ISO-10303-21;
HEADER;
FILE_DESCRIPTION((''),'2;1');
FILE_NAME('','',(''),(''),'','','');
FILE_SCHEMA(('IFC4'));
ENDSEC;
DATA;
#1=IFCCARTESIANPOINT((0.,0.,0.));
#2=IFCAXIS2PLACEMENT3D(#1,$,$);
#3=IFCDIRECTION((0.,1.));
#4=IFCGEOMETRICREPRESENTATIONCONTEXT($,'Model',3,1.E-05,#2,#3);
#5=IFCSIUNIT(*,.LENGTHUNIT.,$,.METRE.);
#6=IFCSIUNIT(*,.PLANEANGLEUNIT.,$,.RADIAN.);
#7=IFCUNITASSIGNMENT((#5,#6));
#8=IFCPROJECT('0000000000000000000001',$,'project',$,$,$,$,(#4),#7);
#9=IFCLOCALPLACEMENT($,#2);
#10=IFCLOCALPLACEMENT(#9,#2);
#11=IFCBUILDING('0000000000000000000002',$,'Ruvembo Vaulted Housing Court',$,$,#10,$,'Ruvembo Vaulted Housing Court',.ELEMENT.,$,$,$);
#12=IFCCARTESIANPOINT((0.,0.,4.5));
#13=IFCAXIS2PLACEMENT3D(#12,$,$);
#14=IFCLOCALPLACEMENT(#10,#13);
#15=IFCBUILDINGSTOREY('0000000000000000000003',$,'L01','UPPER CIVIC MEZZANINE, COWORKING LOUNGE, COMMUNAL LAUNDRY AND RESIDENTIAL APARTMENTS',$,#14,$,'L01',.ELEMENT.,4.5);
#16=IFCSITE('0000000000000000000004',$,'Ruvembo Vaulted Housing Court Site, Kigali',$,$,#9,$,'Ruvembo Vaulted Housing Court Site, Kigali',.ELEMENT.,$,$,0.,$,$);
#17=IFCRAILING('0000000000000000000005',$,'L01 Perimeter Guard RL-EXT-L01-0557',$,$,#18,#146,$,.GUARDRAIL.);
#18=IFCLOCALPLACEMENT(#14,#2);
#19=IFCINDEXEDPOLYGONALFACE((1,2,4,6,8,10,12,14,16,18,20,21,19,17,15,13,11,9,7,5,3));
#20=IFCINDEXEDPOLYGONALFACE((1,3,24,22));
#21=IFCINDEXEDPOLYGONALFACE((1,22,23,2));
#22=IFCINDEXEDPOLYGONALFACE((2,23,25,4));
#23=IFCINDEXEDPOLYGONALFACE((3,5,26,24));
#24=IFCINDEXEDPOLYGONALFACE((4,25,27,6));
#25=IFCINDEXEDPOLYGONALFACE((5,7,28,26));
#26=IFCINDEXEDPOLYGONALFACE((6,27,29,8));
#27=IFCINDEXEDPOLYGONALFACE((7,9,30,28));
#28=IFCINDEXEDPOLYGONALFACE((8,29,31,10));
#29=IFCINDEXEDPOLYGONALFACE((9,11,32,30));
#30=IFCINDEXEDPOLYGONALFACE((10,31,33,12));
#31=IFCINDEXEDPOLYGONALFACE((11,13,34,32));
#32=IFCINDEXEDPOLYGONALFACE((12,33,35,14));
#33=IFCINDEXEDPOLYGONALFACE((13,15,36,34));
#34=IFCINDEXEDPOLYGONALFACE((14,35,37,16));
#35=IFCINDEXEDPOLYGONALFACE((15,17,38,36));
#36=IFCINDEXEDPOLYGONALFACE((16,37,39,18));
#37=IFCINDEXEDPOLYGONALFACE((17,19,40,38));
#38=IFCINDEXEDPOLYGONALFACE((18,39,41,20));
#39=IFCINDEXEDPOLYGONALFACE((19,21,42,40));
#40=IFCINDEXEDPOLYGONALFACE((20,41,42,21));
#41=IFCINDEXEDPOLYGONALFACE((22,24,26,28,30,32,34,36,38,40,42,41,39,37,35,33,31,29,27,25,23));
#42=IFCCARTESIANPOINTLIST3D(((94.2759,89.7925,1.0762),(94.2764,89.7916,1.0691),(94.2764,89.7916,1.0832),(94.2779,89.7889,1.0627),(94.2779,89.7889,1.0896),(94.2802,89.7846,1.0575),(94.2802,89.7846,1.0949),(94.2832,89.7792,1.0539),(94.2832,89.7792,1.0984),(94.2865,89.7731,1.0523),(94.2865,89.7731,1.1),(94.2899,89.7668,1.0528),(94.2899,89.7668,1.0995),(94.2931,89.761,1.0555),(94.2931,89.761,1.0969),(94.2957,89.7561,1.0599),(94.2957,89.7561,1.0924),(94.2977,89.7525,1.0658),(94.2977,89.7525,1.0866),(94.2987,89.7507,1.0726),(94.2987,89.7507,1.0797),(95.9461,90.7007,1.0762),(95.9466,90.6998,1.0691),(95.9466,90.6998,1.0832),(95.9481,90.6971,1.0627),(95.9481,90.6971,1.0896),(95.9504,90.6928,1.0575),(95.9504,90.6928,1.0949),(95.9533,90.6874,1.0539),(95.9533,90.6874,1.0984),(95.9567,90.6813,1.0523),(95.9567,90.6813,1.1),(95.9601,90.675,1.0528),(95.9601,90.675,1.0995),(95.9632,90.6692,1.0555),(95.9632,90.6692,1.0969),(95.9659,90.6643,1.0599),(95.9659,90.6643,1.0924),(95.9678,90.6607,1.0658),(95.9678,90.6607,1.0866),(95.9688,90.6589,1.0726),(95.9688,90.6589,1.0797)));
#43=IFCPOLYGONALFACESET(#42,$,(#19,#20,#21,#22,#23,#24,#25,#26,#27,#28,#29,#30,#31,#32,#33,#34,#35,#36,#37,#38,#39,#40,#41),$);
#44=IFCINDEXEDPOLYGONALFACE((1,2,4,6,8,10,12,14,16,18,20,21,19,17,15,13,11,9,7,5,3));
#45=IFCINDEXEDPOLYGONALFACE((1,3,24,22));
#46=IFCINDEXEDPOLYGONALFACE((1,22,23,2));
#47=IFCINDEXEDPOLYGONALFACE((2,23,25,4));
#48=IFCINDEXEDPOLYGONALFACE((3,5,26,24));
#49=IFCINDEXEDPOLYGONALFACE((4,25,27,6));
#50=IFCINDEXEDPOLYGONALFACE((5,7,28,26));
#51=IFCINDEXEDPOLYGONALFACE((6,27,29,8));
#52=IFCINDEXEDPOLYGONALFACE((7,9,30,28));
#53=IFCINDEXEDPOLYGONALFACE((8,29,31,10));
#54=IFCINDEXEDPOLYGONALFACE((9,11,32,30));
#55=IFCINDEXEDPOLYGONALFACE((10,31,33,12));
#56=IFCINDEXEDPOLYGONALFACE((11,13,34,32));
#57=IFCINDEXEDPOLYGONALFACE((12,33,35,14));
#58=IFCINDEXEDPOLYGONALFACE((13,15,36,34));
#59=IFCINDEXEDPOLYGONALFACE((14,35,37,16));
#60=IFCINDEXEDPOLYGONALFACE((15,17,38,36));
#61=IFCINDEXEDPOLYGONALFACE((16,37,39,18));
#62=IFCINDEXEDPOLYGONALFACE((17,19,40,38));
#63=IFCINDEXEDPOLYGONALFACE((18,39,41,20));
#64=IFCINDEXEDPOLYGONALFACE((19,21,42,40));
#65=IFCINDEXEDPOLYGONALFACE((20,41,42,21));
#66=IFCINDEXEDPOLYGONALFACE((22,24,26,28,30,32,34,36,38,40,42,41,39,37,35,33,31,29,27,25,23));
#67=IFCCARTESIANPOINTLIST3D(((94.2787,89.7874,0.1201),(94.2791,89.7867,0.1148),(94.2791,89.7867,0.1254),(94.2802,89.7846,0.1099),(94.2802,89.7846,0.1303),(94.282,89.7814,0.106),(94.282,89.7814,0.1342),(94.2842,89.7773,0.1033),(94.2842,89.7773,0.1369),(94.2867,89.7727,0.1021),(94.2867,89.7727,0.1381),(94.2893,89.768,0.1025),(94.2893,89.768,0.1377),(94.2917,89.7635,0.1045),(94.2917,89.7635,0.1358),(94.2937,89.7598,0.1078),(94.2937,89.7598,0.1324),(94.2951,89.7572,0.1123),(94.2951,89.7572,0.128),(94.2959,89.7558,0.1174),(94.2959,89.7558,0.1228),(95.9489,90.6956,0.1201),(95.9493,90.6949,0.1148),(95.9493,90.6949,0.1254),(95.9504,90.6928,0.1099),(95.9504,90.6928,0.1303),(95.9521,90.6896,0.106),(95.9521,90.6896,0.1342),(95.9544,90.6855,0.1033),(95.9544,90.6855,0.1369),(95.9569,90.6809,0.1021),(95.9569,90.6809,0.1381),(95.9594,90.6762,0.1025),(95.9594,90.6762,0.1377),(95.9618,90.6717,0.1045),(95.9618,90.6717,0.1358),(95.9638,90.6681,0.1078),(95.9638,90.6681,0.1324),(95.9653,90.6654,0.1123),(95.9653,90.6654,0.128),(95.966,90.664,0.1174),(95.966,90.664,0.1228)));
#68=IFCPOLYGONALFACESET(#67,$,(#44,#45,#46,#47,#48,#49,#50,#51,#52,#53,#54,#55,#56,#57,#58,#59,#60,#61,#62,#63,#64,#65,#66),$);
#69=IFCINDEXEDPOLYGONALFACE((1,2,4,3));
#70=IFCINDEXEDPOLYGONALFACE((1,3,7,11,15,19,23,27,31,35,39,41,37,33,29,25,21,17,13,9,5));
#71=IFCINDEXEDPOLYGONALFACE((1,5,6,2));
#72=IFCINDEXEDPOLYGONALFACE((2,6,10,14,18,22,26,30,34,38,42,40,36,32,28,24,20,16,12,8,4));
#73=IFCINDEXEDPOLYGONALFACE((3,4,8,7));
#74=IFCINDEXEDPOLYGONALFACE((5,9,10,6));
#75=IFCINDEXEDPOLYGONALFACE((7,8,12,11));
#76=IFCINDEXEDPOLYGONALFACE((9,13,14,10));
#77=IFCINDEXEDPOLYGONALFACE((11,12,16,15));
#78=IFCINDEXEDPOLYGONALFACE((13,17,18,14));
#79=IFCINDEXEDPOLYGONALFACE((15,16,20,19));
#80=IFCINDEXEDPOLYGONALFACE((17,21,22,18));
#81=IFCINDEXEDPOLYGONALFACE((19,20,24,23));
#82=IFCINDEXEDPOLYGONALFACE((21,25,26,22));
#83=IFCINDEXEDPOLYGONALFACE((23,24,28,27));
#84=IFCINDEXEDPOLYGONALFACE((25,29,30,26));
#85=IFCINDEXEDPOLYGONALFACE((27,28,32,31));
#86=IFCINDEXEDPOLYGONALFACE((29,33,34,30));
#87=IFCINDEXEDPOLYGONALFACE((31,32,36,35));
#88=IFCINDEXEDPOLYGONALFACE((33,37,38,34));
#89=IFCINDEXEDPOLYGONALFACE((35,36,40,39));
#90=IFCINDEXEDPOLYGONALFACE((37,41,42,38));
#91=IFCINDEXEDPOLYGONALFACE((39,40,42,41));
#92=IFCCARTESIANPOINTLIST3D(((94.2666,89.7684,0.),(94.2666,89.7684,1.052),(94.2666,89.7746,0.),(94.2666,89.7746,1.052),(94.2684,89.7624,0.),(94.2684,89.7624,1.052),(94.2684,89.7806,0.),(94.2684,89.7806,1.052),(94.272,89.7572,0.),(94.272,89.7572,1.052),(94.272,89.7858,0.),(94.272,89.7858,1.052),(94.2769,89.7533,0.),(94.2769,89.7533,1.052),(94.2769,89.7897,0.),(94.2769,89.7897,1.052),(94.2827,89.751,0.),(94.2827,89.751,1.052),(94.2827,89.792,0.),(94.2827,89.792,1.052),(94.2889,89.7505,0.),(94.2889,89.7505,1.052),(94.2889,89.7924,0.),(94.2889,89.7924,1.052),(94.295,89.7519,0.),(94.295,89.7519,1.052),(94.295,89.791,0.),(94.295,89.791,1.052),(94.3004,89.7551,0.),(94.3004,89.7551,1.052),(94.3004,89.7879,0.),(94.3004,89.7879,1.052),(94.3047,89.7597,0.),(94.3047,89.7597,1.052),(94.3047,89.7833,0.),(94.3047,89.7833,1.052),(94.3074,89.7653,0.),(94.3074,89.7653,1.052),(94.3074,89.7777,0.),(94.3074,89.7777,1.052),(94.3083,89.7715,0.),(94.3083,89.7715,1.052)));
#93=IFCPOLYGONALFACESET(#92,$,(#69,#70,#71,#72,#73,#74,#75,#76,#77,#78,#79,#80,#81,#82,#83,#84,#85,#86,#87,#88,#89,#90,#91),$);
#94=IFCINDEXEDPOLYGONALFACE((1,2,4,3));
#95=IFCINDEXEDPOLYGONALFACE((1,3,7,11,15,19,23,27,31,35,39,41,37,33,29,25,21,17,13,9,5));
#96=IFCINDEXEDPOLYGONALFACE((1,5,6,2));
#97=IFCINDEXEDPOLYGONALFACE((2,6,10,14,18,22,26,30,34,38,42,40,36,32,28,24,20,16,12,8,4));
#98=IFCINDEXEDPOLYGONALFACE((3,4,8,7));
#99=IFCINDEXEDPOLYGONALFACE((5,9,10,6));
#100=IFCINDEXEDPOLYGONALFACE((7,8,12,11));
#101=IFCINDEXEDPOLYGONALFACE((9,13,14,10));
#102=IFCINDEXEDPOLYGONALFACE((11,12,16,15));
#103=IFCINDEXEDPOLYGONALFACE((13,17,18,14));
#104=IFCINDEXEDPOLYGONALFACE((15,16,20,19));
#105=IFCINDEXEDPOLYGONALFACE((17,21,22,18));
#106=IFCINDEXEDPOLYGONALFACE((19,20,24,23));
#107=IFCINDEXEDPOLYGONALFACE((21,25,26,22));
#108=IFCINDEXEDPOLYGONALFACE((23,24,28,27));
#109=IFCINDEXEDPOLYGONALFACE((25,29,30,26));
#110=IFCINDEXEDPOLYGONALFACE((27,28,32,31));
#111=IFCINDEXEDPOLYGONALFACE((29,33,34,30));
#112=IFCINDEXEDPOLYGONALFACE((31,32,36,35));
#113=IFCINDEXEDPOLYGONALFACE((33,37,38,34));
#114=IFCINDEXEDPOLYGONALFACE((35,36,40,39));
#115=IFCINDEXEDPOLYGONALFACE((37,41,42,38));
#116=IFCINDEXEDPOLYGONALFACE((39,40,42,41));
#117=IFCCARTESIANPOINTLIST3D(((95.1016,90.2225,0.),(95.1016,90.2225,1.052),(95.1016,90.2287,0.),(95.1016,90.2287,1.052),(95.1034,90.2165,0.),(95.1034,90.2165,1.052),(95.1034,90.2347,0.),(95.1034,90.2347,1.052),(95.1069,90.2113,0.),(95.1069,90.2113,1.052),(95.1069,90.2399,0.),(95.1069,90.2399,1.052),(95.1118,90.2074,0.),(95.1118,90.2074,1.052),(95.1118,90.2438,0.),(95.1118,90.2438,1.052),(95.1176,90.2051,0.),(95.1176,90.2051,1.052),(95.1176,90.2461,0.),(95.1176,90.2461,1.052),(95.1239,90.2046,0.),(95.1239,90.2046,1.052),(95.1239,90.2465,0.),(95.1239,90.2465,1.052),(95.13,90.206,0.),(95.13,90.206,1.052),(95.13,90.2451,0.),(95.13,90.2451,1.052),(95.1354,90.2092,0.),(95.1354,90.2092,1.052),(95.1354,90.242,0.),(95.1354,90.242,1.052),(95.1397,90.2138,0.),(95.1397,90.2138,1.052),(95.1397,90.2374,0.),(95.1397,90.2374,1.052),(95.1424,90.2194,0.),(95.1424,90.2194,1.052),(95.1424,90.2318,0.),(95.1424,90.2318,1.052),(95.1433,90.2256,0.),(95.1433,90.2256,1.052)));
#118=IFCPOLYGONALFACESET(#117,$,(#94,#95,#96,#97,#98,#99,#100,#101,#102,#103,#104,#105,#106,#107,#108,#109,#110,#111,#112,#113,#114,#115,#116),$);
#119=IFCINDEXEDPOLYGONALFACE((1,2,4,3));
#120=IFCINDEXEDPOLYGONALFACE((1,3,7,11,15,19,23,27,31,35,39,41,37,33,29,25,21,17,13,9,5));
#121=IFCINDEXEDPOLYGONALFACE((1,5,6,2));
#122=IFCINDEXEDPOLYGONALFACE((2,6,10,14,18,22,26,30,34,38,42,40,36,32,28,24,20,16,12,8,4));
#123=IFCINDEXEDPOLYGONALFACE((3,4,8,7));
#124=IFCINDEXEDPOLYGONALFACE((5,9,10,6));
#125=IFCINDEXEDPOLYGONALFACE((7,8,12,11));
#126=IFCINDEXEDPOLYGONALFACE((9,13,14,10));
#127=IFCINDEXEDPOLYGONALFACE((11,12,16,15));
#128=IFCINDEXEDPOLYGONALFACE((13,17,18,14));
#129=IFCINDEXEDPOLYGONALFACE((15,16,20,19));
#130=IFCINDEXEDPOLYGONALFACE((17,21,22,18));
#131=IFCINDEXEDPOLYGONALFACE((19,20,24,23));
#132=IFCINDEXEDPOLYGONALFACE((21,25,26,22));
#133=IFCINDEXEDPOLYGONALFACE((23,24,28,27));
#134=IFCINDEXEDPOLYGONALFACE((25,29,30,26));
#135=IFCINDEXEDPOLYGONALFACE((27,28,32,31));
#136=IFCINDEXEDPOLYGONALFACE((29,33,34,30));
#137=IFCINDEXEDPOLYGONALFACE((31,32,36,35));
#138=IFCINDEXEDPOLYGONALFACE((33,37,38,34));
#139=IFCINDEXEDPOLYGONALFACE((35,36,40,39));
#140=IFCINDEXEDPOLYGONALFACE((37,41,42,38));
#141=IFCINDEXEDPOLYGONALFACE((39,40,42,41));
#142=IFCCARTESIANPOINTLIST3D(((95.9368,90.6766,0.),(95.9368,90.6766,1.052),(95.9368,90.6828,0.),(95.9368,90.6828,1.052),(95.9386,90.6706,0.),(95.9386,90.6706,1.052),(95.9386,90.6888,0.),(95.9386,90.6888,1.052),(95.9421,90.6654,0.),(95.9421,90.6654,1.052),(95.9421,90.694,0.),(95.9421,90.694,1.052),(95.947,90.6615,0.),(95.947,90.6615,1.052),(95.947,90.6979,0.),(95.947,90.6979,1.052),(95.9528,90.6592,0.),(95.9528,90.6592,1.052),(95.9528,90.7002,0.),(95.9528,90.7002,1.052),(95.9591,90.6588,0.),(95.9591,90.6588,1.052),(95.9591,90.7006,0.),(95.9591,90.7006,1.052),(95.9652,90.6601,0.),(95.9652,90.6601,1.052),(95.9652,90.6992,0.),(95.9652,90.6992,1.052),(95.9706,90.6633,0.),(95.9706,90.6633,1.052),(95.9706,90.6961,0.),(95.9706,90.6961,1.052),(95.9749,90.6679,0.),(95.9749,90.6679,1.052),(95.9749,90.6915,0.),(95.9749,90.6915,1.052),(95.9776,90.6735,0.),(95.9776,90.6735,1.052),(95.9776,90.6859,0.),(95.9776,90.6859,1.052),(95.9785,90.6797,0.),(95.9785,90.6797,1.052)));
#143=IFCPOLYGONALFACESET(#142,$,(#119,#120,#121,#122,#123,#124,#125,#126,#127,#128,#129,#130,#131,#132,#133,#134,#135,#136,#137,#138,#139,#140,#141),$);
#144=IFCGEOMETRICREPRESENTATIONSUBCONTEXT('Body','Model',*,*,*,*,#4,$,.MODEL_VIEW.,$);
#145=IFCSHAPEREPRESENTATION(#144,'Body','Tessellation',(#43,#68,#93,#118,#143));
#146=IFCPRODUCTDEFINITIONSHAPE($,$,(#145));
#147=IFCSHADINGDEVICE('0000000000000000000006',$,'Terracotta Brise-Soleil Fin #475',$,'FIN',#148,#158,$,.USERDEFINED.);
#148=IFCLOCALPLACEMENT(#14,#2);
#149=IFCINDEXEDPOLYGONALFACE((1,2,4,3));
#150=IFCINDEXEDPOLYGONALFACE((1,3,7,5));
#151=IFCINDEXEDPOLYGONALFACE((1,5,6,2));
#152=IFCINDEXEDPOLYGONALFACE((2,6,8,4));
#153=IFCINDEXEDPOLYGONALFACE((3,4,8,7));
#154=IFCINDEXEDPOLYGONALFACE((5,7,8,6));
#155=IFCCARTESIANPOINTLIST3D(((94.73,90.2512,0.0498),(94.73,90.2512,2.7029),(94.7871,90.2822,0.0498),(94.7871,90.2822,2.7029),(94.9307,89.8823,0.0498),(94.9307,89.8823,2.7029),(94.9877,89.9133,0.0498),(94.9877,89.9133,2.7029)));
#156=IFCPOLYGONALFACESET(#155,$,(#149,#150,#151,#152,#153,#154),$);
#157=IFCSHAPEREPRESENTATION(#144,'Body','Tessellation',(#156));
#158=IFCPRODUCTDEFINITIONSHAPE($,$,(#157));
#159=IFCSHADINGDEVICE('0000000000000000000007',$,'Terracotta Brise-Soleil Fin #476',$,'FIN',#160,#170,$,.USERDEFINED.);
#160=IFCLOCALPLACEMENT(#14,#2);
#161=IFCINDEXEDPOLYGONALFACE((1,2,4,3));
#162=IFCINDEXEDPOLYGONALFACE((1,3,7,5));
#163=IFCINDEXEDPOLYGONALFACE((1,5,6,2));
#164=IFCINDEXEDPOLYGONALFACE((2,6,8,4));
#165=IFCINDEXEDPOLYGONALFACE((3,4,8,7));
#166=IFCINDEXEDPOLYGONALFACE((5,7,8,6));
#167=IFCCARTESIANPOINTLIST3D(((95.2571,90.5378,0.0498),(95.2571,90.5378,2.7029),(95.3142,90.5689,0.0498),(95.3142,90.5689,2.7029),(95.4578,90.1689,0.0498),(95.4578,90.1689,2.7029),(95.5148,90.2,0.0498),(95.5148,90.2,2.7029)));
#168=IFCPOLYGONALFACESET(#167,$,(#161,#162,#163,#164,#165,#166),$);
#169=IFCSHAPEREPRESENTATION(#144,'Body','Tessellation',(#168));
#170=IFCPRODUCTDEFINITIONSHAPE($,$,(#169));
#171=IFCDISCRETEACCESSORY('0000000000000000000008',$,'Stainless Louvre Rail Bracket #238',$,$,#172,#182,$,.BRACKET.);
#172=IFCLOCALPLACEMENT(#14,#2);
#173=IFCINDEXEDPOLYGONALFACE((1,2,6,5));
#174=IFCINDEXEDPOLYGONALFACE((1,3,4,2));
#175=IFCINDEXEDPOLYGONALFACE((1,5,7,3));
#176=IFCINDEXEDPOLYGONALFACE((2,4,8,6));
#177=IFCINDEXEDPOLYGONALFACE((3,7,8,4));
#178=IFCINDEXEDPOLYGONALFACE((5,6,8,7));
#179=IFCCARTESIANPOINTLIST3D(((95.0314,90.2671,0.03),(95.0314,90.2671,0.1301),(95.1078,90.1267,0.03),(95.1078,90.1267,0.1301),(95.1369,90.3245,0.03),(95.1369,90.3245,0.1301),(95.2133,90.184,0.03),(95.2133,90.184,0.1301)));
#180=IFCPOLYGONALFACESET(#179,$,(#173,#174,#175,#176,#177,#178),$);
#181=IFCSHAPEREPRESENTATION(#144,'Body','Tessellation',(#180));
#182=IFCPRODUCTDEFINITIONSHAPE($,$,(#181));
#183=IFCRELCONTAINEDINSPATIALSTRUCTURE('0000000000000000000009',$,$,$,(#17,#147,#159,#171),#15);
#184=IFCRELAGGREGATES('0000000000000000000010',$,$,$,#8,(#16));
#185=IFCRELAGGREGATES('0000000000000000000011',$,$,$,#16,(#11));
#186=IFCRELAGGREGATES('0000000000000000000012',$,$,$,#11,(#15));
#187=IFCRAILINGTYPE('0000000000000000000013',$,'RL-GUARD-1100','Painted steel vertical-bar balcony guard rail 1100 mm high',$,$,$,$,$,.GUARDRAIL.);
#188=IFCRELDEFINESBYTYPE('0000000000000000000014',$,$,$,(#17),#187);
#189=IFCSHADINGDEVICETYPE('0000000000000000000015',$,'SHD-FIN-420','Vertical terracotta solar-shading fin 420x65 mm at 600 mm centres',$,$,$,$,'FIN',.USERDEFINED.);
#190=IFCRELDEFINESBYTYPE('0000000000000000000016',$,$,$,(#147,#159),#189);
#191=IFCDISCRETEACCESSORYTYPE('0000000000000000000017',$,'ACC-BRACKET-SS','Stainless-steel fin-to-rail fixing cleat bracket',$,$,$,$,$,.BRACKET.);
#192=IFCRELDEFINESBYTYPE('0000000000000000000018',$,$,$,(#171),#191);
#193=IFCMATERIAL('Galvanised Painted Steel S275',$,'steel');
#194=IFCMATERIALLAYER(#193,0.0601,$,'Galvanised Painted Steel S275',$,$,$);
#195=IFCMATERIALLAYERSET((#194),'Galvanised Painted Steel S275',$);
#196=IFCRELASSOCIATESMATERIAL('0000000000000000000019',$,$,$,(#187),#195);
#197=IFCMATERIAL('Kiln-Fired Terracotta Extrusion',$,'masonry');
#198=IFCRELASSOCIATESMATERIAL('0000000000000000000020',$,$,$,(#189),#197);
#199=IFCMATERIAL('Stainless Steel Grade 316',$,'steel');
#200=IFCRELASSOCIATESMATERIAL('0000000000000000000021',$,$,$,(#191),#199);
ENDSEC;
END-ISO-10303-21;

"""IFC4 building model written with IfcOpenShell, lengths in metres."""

from ifc_helpers import new_model, si_unit, direction, frame, origin, origin_2d, place, context, subcontext, project, spatial, rectangle, circle, extrude, material, layer, layer_set, type_object, element, save


model = new_model("IFC4")

# Units and contexts
model_context = context("Model", 3, precision=1e-05, world=origin(), true_north=direction((0.0, 1.0)))
body_context = subcontext(model_context, "Body", "Model", "MODEL_VIEW")
ifc_project = project(units=[si_unit("LENGTHUNIT", "METRE"), si_unit("PLANEANGLEUNIT", "RADIAN")], contexts=[model_context])

# Site, building, storey
site_placement = place(None, origin())
site = spatial("IfcSite", under=ifc_project, at=site_placement, Name="Ruvembo Vaulted Housing Court Site, Kigali", LongName="Ruvembo Vaulted Housing Court Site, Kigali", CompositionType="ELEMENT", RefElevation=0.0)
building_placement = place(site_placement, origin())
building = spatial("IfcBuilding", under=site, at=building_placement, Name="Ruvembo Vaulted Housing Court", LongName="Ruvembo Vaulted Housing Court", CompositionType="ELEMENT")
storey_placement = place(building_placement, frame((0.0, 0.0, 4.5)))
storey = spatial("IfcBuildingStorey", under=building, at=storey_placement, Name="L01", Description="UPPER CIVIC MEZZANINE, COWORKING LOUNGE, COMMUNAL LAUNDRY AND RESIDENTIAL APARTMENTS", LongName="L01", CompositionType="ELEMENT", Elevation=4.5)

# Railing
ifc_material_1 = material(Name="Galvanised Painted Steel S275", Category="steel")
ifc_layer_1 = layer(ifc_material_1, 0.0601, Name="Galvanised Painted Steel S275")
ifc_layer_set_1 = layer_set([ifc_layer_1], Name="Galvanised Painted Steel S275")
railing_type = type_object("IfcRailingType", Name="RL-GUARD-1100", Description="Painted steel vertical-bar balcony guard rail 1100 mm high", PredefinedType="GUARDRAIL", material=ifc_layer_set_1)
railing_1_placement = place(storey_placement, frame((94.2874, 89.7715, 0.0)))
element("IfcRailing", 1, at=railing_1_placement, inside=storey, type_object=railing_type, Name="L01 Perimeter Guard RL-EXT-L01-0557", PredefinedType="GUARDRAIL", context=body_context, shape_type="SweptSolid", body=[
    extrude(circle(Radius=0.0239, at=origin_2d()), frame((0.0, 0.0, 1.0762), z_axis=(0.878513, 0.477718, 0.0), x_axis=(-0.477718, 0.878513, 0.0)), (0.0, 0.0, 1.0), 1.9011),
    extrude(circle(Radius=0.0181, at=origin_2d()), frame((0.0, 0.0, 0.1201), z_axis=(0.878513, 0.477718, 0.0), x_axis=(-0.477718, 0.878513, 0.0)), (0.0, 0.0, 1.0), 1.9011),
    extrude(circle(Radius=0.021, at=origin_2d()), origin(), (0.0, 0.0, 1.0), 1.052),
    extrude(circle(Radius=0.021, at=origin_2d()), frame((0.835, 0.4541, 0.0)), (0.0, 0.0, 1.0), 1.052),
    extrude(circle(Radius=0.021, at=origin_2d()), frame((1.6702, 0.9082, 0.0)), (0.0, 0.0, 1.0), 1.052),
])

# Shading devices
ifc_material_2 = material(Name="Kiln-Fired Terracotta Extrusion", Category="masonry")
shading_device_type = type_object("IfcShadingDeviceType", Name="SHD-FIN-420", Description="Vertical terracotta solar-shading fin 420x65 mm at 600 mm centres", ElementType="FIN", PredefinedType="USERDEFINED", material=ifc_material_2)
for number, where, z_axis, x_axis, name in (
    (2, (94.8589, 90.0823, 0.0498), (0.0, 0.0, 1.0), (0.477788, -0.878475, 0.0), "Terracotta Brise-Soleil Fin #475"),
    (3, (95.386, 90.3689, 0.0498), (0.0, 0.0, 1.0), (0.477788, -0.878475, 0.0), "Terracotta Brise-Soleil Fin #476"),
):
    element("IfcShadingDevice", number, at=place(storey_placement, frame(where, z_axis=z_axis, x_axis=x_axis)), inside=storey, type_object=shading_device_type, Name=name, ObjectType="FIN", PredefinedType="USERDEFINED", context=body_context, shape_type="SweptSolid", body=[
        extrude(rectangle(XDim=0.4199, YDim=0.0649, at=origin_2d()), origin(), (0.0, 0.0, 1.0), 2.6531),
    ])

# Discrete accessory
ifc_material_3 = material(Name="Stainless Steel Grade 316", Category="steel")
discrete_accessory_type = type_object("IfcDiscreteAccessoryType", Name="ACC-BRACKET-SS", Description="Stainless-steel fin-to-rail fixing cleat bracket", PredefinedType="BRACKET", material=ifc_material_3)
discrete_accessory_placement = place(storey_placement, frame((95.1223, 90.2256, 0.03), z_axis=(0.0, 0.0, 1.0), x_axis=(0.477788, -0.878475, 0.0)))
element("IfcDiscreteAccessory", 4, at=discrete_accessory_placement, inside=storey, type_object=discrete_accessory_type, Name="Stainless Louvre Rail Bracket #238", PredefinedType="BRACKET", context=body_context, shape_type="SweptSolid", body=[
    extrude(rectangle(XDim=0.1599, YDim=0.1201, at=origin_2d()), origin(), (0.0, 0.0, 1.0), 0.1001),
])

save(model, "model.ifc")
